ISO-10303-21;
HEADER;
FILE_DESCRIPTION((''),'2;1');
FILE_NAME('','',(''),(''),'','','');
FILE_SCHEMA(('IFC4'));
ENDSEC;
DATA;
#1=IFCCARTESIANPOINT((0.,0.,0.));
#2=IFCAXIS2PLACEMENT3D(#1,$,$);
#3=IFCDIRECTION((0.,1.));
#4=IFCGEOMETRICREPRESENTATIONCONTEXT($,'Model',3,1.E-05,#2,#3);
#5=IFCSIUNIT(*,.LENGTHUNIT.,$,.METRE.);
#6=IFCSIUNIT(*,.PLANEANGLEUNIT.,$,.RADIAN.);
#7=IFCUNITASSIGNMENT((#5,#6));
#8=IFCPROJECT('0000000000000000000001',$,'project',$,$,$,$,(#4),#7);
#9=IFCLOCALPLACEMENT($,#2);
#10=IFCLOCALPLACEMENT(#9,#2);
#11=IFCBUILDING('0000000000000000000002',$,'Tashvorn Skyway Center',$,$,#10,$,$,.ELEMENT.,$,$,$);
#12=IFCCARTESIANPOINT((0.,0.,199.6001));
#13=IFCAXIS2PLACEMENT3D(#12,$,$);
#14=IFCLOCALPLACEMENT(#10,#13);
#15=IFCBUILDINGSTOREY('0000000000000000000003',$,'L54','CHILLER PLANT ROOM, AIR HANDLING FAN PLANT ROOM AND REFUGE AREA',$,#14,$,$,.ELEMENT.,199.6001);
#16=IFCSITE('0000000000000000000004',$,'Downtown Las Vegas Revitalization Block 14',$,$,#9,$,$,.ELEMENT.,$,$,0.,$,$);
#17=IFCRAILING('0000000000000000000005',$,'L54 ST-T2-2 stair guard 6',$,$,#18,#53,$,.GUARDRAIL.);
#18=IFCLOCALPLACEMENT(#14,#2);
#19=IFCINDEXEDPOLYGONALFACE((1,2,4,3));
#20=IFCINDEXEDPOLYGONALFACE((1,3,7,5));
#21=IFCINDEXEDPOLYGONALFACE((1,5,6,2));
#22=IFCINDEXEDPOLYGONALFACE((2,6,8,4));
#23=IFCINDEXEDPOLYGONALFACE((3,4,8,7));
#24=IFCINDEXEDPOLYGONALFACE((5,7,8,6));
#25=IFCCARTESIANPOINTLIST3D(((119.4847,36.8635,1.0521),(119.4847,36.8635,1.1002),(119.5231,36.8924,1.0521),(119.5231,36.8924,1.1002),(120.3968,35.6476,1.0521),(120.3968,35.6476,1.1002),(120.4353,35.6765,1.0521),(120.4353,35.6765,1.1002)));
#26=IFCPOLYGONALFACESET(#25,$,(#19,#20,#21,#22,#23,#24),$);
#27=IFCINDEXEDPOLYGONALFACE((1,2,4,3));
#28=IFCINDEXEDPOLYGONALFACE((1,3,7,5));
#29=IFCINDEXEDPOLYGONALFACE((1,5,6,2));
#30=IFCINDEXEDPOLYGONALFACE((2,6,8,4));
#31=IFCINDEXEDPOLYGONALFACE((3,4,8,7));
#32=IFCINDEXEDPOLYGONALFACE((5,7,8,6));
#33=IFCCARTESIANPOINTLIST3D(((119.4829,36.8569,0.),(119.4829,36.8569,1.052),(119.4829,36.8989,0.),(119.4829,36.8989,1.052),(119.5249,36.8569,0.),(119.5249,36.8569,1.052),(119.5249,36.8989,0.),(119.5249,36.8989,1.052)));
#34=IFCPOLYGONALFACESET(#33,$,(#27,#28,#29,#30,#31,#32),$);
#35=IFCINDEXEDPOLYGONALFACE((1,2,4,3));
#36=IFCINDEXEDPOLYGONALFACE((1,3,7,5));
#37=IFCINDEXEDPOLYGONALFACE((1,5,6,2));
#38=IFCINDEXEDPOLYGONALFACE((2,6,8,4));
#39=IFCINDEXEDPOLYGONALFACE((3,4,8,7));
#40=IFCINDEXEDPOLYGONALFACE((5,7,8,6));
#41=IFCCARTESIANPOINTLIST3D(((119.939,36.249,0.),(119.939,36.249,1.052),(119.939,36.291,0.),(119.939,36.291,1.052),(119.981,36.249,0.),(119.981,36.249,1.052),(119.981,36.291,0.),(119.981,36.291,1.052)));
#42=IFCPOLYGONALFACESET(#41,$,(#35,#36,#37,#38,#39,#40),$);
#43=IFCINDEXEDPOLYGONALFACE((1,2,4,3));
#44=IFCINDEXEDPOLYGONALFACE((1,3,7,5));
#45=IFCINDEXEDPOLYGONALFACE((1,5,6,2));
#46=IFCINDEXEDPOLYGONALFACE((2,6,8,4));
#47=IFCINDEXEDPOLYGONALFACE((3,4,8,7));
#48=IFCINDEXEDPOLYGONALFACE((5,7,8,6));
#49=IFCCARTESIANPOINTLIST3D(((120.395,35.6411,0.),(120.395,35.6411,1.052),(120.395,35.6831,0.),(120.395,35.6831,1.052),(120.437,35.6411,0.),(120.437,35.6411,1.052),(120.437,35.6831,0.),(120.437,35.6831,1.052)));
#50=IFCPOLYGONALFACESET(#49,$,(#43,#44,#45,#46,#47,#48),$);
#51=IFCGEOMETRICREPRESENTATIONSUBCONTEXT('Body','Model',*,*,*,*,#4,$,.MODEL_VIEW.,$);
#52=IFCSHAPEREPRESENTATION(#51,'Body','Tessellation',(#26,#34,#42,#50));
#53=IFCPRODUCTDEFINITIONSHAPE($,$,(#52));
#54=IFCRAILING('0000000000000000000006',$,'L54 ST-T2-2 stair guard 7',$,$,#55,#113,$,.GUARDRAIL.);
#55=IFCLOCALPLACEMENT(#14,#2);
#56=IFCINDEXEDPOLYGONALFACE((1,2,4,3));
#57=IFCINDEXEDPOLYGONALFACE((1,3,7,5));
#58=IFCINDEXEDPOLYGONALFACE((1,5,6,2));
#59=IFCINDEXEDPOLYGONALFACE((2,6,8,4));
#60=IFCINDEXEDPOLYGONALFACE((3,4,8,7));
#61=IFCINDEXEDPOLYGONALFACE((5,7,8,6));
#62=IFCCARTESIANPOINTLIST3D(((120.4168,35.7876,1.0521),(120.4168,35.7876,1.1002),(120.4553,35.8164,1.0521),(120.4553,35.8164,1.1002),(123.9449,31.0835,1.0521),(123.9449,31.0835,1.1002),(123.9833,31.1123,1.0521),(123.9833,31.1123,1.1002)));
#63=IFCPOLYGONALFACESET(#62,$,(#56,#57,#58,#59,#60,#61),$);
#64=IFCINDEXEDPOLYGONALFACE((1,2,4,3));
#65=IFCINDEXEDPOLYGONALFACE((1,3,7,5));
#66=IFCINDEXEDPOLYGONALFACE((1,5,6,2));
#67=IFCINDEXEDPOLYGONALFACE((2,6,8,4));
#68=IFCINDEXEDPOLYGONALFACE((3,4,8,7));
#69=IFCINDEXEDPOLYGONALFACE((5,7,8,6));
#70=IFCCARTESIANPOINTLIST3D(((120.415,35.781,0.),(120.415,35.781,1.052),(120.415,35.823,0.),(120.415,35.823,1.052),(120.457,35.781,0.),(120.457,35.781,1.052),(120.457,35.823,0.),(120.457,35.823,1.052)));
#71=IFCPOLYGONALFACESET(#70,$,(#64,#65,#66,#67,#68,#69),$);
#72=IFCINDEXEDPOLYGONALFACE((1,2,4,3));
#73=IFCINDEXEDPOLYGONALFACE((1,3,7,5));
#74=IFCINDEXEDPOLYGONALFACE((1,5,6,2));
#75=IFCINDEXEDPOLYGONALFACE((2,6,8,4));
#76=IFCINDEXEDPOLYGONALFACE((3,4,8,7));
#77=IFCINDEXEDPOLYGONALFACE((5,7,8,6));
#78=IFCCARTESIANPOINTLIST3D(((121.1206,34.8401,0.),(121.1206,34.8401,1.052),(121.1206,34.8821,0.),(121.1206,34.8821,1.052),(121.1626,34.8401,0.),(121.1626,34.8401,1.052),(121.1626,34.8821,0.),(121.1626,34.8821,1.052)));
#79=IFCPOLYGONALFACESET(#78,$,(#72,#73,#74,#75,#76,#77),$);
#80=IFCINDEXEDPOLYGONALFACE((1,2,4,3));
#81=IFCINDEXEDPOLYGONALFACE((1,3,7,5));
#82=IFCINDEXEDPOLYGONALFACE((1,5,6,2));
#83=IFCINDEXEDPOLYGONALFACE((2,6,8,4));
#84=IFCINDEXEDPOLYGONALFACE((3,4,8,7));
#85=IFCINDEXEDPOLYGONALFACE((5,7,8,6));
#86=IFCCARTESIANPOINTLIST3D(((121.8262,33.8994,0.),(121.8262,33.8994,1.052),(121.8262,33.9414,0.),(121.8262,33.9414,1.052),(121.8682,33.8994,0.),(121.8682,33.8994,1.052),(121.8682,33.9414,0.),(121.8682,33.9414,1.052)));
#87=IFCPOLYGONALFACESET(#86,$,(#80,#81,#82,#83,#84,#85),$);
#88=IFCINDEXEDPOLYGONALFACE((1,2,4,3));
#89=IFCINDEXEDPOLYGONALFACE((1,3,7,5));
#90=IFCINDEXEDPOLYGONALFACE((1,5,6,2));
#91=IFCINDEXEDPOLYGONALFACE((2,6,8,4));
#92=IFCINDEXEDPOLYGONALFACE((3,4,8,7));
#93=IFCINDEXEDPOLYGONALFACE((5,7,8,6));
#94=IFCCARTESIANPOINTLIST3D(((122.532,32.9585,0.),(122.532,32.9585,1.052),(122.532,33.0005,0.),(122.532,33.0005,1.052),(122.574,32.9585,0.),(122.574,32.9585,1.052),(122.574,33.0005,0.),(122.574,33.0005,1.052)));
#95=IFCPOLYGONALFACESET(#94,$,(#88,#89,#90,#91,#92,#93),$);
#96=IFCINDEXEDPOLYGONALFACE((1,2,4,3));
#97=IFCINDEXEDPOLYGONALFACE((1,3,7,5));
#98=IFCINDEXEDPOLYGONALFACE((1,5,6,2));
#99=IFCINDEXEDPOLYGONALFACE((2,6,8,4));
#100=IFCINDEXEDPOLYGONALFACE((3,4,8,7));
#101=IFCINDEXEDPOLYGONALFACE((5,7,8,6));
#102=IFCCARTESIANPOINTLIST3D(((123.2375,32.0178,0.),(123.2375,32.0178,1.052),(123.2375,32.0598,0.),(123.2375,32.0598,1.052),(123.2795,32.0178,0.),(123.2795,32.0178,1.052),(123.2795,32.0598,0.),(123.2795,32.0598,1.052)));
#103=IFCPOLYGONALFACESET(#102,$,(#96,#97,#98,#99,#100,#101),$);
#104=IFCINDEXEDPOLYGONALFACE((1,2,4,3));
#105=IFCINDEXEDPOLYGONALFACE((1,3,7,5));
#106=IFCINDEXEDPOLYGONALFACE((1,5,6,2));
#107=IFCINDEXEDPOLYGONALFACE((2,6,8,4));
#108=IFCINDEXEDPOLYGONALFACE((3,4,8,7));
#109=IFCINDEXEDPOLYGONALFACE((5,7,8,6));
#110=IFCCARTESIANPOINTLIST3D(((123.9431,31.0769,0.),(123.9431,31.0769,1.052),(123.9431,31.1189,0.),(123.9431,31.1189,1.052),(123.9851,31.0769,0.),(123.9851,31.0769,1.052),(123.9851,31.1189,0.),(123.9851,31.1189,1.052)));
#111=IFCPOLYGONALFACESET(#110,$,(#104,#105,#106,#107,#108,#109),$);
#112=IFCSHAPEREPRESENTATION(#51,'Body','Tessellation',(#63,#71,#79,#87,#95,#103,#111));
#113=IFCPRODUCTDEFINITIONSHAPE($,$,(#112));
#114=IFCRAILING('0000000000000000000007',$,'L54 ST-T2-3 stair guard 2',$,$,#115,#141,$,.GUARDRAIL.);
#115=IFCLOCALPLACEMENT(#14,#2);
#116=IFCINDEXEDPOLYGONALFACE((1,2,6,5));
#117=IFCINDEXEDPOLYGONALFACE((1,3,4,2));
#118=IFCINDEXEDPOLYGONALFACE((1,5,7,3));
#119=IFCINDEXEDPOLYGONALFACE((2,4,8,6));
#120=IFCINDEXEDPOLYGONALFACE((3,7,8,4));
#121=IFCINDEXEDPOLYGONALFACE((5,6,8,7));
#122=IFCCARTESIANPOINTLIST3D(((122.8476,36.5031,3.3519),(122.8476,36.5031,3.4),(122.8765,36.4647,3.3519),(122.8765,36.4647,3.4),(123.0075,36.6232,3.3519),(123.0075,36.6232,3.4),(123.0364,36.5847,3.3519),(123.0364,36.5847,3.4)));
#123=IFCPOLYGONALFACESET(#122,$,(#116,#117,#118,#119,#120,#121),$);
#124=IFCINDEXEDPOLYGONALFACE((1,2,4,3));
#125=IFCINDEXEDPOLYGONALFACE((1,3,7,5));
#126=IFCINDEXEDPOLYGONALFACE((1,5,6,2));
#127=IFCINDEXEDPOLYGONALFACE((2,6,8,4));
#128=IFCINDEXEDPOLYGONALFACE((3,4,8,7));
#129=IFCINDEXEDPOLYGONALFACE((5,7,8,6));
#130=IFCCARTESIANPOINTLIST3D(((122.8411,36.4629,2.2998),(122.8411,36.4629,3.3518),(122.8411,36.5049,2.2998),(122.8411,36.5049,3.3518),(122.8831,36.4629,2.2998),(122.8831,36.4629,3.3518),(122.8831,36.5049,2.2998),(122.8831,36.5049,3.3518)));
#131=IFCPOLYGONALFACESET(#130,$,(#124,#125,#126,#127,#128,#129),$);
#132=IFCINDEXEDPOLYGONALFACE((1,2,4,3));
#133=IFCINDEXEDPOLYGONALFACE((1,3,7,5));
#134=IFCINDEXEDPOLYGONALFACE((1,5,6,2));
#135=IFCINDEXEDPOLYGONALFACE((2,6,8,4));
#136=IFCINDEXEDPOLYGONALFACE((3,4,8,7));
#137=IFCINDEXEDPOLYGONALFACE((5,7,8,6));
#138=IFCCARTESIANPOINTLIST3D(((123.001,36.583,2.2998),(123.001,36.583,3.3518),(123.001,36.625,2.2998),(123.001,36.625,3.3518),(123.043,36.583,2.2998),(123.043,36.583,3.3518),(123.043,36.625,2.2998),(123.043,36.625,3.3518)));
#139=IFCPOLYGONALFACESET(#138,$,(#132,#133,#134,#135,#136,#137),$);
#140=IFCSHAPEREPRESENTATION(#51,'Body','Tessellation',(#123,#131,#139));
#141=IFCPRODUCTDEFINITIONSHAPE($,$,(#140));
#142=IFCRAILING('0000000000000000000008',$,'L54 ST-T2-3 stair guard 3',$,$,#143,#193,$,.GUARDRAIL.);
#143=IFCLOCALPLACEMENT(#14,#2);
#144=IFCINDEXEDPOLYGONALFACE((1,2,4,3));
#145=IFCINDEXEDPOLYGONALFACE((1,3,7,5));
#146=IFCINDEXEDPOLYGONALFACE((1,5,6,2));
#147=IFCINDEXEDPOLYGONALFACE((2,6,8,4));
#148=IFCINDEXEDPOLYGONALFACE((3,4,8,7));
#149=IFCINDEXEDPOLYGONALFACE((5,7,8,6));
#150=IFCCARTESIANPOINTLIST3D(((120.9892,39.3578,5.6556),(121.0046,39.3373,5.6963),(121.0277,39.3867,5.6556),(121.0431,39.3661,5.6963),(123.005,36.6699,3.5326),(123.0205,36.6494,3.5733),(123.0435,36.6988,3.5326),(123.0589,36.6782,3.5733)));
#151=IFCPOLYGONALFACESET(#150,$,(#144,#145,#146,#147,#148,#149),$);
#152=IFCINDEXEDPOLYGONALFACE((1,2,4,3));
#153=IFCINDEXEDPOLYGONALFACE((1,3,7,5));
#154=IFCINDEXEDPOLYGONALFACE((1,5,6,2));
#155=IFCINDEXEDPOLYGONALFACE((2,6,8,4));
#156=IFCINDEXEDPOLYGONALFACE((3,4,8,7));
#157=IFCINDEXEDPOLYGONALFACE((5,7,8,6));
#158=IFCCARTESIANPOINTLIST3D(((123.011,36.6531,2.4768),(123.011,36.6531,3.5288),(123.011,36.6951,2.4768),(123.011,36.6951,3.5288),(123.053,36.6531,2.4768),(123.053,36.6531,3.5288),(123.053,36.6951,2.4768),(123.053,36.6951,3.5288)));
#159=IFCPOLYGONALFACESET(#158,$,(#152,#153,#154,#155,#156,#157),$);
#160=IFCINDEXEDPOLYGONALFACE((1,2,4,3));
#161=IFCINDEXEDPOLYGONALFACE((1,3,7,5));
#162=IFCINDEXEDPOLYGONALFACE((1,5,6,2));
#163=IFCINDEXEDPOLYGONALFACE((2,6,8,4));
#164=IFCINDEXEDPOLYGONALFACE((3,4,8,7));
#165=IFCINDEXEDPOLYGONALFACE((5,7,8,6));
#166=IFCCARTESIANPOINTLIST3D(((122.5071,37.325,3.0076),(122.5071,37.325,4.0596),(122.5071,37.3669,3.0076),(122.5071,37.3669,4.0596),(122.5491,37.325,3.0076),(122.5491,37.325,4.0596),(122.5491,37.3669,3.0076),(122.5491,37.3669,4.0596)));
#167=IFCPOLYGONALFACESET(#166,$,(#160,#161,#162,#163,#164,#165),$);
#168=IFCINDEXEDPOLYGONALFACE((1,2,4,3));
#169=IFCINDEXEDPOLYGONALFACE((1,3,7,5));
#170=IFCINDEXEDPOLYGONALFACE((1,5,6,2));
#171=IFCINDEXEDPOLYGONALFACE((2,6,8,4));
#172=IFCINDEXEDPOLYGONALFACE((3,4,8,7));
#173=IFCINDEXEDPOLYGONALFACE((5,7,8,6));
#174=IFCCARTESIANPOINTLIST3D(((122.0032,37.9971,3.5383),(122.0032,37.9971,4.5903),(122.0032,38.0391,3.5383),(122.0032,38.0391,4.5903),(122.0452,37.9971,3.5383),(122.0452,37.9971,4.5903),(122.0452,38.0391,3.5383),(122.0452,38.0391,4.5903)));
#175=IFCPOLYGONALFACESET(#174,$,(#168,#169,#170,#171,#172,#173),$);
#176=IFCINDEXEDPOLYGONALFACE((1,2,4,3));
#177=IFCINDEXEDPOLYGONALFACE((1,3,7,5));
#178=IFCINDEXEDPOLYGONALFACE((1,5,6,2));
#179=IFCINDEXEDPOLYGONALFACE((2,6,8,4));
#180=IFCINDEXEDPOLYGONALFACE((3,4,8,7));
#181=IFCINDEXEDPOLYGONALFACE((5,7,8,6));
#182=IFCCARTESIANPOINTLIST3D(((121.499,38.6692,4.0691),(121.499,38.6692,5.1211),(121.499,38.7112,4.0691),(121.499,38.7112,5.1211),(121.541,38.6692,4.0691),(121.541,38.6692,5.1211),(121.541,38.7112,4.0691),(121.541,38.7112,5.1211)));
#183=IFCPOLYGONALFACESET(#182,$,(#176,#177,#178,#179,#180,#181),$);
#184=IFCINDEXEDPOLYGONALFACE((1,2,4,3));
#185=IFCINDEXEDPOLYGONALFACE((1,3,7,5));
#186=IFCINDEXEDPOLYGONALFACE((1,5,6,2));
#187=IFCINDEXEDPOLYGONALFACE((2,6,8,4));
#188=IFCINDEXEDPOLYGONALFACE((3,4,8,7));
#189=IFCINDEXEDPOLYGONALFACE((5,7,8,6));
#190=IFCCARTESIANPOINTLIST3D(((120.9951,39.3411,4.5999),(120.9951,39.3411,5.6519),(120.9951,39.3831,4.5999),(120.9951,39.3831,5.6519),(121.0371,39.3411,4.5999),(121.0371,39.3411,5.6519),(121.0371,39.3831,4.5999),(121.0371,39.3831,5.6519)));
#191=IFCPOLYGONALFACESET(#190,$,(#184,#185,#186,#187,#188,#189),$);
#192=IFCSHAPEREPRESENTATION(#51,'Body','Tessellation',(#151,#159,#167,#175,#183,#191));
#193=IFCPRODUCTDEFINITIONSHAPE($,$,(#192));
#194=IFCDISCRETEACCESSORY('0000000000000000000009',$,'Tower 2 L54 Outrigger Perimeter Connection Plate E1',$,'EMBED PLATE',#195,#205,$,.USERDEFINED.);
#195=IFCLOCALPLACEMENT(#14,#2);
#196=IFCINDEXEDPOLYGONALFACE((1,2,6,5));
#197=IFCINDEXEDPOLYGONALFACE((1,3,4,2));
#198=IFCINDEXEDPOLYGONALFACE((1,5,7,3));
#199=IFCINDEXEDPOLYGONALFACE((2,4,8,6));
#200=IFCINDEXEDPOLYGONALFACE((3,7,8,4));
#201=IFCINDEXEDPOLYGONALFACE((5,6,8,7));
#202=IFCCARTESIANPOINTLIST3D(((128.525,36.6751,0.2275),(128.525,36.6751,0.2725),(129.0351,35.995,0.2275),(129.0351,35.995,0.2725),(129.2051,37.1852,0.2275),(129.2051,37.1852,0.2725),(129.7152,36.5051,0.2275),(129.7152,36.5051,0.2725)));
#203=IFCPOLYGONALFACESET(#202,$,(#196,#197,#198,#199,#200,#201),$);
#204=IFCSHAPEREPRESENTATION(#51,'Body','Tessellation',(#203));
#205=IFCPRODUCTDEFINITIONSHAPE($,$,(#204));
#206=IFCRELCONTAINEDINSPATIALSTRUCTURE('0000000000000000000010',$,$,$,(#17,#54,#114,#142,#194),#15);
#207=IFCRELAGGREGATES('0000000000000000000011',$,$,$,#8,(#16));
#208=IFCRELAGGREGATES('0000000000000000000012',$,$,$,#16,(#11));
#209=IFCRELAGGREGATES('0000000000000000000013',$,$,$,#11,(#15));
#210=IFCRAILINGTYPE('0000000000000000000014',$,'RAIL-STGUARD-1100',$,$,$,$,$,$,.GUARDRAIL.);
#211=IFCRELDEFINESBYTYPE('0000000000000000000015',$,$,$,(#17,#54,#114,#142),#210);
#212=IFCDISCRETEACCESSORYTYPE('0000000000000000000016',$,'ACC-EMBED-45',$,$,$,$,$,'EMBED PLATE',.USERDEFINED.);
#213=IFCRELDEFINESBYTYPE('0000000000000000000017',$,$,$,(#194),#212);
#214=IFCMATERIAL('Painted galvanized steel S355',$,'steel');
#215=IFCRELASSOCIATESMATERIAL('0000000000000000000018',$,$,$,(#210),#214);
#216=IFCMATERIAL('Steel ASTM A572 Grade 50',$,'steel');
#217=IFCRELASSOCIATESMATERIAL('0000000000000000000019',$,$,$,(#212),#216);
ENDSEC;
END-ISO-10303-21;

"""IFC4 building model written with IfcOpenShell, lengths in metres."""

from ifc_helpers import new_model, si_unit, direction, frame, origin, origin_2d, place, context, subcontext, project, spatial, rectangle, extrude, material, type_object, element, save


model = new_model("IFC4")

# Units and contexts
model_context = context("Model", 3, precision=1e-05, world=origin(), true_north=direction((0.0, 1.0)))
body_context = subcontext(model_context, "Body", "Model", "MODEL_VIEW")
ifc_project = project(units=[si_unit("LENGTHUNIT", "METRE"), si_unit("PLANEANGLEUNIT", "RADIAN")], contexts=[model_context])

# Site, building, storey
site_placement = place(None, origin())
site = spatial("IfcSite", under=ifc_project, at=site_placement, Name="Downtown Las Vegas Revitalization Block 14", CompositionType="ELEMENT", RefElevation=0.0)
building_placement = place(site_placement, origin())
building = spatial("IfcBuilding", under=site, at=building_placement, Name="Tashvorn Skyway Center", CompositionType="ELEMENT")
storey_placement = place(building_placement, frame((0.0, 0.0, 199.6001)))
storey = spatial("IfcBuildingStorey", under=building, at=storey_placement, Name="L54", Description="CHILLER PLANT ROOM, AIR HANDLING FAN PLANT ROOM AND REFUGE AREA", CompositionType="ELEMENT", Elevation=199.6001)

# Shared definitions
ifc_material_1 = material(Name="Steel ASTM A572 Grade 50", Category="steel")

# Railings
ifc_material_2 = material(Name="Painted galvanized steel S355", Category="steel")
railing_type_1 = type_object("IfcRailingType", Name="RAIL-STGUARD-1100", PredefinedType="GUARDRAIL", material=ifc_material_2)
railing_1_placement = place(storey_placement, frame((119.5039, 36.8779, 0.0)))
element("IfcRailing", 1, at=railing_1_placement, inside=storey, type_object=railing_type_1, Name="L54 ST-T2-2 stair guard 6", PredefinedType="GUARDRAIL", context=body_context, shape_type="SweptSolid", body=[
    extrude(rectangle(XDim=0.0481, YDim=0.0481, at=origin_2d()), frame((0.0, 0.0, 1.0762), z_axis=(0.600103, -0.799923, 0.0), x_axis=(0.799923, 0.600103, 0.0)), (0.0, 0.0, 1.0), 1.52),
    extrude(rectangle(XDim=0.042, YDim=0.042, at=origin_2d()), origin(), (0.0, 0.0, 1.0), 1.052),
    extrude(rectangle(XDim=0.042, YDim=0.042, at=origin_2d()), frame((0.4561, -0.6079, 0.0)), (0.0, 0.0, 1.0), 1.052),
    extrude(rectangle(XDim=0.042, YDim=0.042, at=origin_2d()), frame((0.9121, -1.2158, 0.0)), (0.0, 0.0, 1.0), 1.052),
])
railing_2_placement = place(storey_placement, frame((120.436, 35.802, 0.0)))
element("IfcRailing", 2, at=railing_2_placement, inside=storey, type_object=railing_type_1, Name="L54 ST-T2-2 stair guard 7", PredefinedType="GUARDRAIL", context=body_context, shape_type="SweptSolid", body=[
    extrude(rectangle(XDim=0.0481, YDim=0.0481, at=origin_2d()), frame((0.0, 0.0, 1.0762), z_axis=(0.6, -0.8, 0.0), x_axis=(0.8, 0.6, 0.0)), (0.0, 0.0, 1.0), 5.8801),
    extrude(rectangle(XDim=0.042, YDim=0.042, at=origin_2d()), origin(), (0.0, 0.0, 1.0), 1.052),
    extrude(rectangle(XDim=0.042, YDim=0.042, at=origin_2d()), frame((0.7056, -0.9409, 0.0)), (0.0, 0.0, 1.0), 1.052),
    extrude(rectangle(XDim=0.042, YDim=0.042, at=origin_2d()), frame((1.4111, -1.8816, 0.0)), (0.0, 0.0, 1.0), 1.052),
    extrude(rectangle(XDim=0.042, YDim=0.042, at=origin_2d()), frame((2.1169, -2.8225, 0.0)), (0.0, 0.0, 1.0), 1.052),
    extrude(rectangle(XDim=0.042, YDim=0.042, at=origin_2d()), frame((2.8225, -3.7632, 0.0)), (0.0, 0.0, 1.0), 1.052),
    extrude(rectangle(XDim=0.042, YDim=0.042, at=origin_2d()), frame((3.5281, -4.7041, 0.0)), (0.0, 0.0, 1.0), 1.052),
])
railing_3_placement = place(storey_placement, frame((122.8621, 36.4839, 2.2998)))
element("IfcRailing", 3, at=railing_3_placement, inside=storey, type_object=railing_type_1, Name="L54 ST-T2-3 stair guard 2", PredefinedType="GUARDRAIL", context=body_context, shape_type="SweptSolid", body=[
    extrude(rectangle(XDim=0.0481, YDim=0.0481, at=origin_2d()), frame((0.0, 0.0, 1.0762), z_axis=(0.79956, 0.600586, 0.0), x_axis=(-0.600586, 0.79956, 0.0)), (0.0, 0.0, 1.0), 0.2),
    extrude(rectangle(XDim=0.042, YDim=0.042, at=origin_2d()), origin(), (0.0, 0.0, 1.0), 1.052),
    extrude(rectangle(XDim=0.042, YDim=0.042, at=origin_2d()), frame((0.1599, 0.1201, 0.0)), (0.0, 0.0, 1.0), 1.052),
])
railing_4_placement = place(storey_placement, frame((123.032, 36.6741, 2.4768)))
element("IfcRailing", 4, at=railing_4_placement, inside=storey, type_object=railing_type_1, Name="L54 ST-T2-3 stair guard 3", PredefinedType="GUARDRAIL", context=body_context, shape_type="SweptSolid", body=[
    extrude(rectangle(XDim=0.0481, YDim=0.0481, at=origin_2d()), frame((0.0, 0.0, 1.0762), z_axis=(-0.507206, 0.676315, 0.534172), x_axis=(-0.800017, -0.599977, 0.0)), (0.0, 0.0, 1.0), 3.9744),
    extrude(rectangle(XDim=0.042, YDim=0.042, at=origin_2d()), origin(), (0.0, 0.0, 1.0), 1.052),
    extrude(rectangle(XDim=0.042, YDim=0.042, at=origin_2d()), frame((-0.5039, 0.6719, 0.5308)), (0.0, 0.0, 1.0), 1.052),
    extrude(rectangle(XDim=0.042, YDim=0.042, at=origin_2d()), frame((-1.0078, 1.344, 1.0615)), (0.0, 0.0, 1.0), 1.052),
    extrude(rectangle(XDim=0.042, YDim=0.042, at=origin_2d()), frame((-1.512, 2.0161, 1.5923)), (0.0, 0.0, 1.0), 1.052),
    extrude(rectangle(XDim=0.042, YDim=0.042, at=origin_2d()), frame((-2.0159, 2.688, 2.123)), (0.0, 0.0, 1.0), 1.052),
])

# Discrete accessory
discrete_accessory_type = type_object("IfcDiscreteAccessoryType", Name="ACC-EMBED-45", ElementType="EMBED PLATE", PredefinedType="USERDEFINED", material=ifc_material_1)
discrete_accessory_placement = place(storey_placement, frame((129.1201, 36.5901, 0.2275), z_axis=(0.0, 0.0, 1.0), x_axis=(0.8, 0.6, 0.0)))
element("IfcDiscreteAccessory", 5, at=discrete_accessory_placement, inside=storey, type_object=discrete_accessory_type, Name="Tower 2 L54 Outrigger Perimeter Connection Plate E1", ObjectType="EMBED PLATE", PredefinedType="USERDEFINED", context=body_context, shape_type="SweptSolid", body=[
    extrude(rectangle(XDim=0.8501, YDim=0.8501, at=origin_2d()), origin(), (0.0, 0.0, 1.0), 0.0449),
])

save(model, "model.ifc")
